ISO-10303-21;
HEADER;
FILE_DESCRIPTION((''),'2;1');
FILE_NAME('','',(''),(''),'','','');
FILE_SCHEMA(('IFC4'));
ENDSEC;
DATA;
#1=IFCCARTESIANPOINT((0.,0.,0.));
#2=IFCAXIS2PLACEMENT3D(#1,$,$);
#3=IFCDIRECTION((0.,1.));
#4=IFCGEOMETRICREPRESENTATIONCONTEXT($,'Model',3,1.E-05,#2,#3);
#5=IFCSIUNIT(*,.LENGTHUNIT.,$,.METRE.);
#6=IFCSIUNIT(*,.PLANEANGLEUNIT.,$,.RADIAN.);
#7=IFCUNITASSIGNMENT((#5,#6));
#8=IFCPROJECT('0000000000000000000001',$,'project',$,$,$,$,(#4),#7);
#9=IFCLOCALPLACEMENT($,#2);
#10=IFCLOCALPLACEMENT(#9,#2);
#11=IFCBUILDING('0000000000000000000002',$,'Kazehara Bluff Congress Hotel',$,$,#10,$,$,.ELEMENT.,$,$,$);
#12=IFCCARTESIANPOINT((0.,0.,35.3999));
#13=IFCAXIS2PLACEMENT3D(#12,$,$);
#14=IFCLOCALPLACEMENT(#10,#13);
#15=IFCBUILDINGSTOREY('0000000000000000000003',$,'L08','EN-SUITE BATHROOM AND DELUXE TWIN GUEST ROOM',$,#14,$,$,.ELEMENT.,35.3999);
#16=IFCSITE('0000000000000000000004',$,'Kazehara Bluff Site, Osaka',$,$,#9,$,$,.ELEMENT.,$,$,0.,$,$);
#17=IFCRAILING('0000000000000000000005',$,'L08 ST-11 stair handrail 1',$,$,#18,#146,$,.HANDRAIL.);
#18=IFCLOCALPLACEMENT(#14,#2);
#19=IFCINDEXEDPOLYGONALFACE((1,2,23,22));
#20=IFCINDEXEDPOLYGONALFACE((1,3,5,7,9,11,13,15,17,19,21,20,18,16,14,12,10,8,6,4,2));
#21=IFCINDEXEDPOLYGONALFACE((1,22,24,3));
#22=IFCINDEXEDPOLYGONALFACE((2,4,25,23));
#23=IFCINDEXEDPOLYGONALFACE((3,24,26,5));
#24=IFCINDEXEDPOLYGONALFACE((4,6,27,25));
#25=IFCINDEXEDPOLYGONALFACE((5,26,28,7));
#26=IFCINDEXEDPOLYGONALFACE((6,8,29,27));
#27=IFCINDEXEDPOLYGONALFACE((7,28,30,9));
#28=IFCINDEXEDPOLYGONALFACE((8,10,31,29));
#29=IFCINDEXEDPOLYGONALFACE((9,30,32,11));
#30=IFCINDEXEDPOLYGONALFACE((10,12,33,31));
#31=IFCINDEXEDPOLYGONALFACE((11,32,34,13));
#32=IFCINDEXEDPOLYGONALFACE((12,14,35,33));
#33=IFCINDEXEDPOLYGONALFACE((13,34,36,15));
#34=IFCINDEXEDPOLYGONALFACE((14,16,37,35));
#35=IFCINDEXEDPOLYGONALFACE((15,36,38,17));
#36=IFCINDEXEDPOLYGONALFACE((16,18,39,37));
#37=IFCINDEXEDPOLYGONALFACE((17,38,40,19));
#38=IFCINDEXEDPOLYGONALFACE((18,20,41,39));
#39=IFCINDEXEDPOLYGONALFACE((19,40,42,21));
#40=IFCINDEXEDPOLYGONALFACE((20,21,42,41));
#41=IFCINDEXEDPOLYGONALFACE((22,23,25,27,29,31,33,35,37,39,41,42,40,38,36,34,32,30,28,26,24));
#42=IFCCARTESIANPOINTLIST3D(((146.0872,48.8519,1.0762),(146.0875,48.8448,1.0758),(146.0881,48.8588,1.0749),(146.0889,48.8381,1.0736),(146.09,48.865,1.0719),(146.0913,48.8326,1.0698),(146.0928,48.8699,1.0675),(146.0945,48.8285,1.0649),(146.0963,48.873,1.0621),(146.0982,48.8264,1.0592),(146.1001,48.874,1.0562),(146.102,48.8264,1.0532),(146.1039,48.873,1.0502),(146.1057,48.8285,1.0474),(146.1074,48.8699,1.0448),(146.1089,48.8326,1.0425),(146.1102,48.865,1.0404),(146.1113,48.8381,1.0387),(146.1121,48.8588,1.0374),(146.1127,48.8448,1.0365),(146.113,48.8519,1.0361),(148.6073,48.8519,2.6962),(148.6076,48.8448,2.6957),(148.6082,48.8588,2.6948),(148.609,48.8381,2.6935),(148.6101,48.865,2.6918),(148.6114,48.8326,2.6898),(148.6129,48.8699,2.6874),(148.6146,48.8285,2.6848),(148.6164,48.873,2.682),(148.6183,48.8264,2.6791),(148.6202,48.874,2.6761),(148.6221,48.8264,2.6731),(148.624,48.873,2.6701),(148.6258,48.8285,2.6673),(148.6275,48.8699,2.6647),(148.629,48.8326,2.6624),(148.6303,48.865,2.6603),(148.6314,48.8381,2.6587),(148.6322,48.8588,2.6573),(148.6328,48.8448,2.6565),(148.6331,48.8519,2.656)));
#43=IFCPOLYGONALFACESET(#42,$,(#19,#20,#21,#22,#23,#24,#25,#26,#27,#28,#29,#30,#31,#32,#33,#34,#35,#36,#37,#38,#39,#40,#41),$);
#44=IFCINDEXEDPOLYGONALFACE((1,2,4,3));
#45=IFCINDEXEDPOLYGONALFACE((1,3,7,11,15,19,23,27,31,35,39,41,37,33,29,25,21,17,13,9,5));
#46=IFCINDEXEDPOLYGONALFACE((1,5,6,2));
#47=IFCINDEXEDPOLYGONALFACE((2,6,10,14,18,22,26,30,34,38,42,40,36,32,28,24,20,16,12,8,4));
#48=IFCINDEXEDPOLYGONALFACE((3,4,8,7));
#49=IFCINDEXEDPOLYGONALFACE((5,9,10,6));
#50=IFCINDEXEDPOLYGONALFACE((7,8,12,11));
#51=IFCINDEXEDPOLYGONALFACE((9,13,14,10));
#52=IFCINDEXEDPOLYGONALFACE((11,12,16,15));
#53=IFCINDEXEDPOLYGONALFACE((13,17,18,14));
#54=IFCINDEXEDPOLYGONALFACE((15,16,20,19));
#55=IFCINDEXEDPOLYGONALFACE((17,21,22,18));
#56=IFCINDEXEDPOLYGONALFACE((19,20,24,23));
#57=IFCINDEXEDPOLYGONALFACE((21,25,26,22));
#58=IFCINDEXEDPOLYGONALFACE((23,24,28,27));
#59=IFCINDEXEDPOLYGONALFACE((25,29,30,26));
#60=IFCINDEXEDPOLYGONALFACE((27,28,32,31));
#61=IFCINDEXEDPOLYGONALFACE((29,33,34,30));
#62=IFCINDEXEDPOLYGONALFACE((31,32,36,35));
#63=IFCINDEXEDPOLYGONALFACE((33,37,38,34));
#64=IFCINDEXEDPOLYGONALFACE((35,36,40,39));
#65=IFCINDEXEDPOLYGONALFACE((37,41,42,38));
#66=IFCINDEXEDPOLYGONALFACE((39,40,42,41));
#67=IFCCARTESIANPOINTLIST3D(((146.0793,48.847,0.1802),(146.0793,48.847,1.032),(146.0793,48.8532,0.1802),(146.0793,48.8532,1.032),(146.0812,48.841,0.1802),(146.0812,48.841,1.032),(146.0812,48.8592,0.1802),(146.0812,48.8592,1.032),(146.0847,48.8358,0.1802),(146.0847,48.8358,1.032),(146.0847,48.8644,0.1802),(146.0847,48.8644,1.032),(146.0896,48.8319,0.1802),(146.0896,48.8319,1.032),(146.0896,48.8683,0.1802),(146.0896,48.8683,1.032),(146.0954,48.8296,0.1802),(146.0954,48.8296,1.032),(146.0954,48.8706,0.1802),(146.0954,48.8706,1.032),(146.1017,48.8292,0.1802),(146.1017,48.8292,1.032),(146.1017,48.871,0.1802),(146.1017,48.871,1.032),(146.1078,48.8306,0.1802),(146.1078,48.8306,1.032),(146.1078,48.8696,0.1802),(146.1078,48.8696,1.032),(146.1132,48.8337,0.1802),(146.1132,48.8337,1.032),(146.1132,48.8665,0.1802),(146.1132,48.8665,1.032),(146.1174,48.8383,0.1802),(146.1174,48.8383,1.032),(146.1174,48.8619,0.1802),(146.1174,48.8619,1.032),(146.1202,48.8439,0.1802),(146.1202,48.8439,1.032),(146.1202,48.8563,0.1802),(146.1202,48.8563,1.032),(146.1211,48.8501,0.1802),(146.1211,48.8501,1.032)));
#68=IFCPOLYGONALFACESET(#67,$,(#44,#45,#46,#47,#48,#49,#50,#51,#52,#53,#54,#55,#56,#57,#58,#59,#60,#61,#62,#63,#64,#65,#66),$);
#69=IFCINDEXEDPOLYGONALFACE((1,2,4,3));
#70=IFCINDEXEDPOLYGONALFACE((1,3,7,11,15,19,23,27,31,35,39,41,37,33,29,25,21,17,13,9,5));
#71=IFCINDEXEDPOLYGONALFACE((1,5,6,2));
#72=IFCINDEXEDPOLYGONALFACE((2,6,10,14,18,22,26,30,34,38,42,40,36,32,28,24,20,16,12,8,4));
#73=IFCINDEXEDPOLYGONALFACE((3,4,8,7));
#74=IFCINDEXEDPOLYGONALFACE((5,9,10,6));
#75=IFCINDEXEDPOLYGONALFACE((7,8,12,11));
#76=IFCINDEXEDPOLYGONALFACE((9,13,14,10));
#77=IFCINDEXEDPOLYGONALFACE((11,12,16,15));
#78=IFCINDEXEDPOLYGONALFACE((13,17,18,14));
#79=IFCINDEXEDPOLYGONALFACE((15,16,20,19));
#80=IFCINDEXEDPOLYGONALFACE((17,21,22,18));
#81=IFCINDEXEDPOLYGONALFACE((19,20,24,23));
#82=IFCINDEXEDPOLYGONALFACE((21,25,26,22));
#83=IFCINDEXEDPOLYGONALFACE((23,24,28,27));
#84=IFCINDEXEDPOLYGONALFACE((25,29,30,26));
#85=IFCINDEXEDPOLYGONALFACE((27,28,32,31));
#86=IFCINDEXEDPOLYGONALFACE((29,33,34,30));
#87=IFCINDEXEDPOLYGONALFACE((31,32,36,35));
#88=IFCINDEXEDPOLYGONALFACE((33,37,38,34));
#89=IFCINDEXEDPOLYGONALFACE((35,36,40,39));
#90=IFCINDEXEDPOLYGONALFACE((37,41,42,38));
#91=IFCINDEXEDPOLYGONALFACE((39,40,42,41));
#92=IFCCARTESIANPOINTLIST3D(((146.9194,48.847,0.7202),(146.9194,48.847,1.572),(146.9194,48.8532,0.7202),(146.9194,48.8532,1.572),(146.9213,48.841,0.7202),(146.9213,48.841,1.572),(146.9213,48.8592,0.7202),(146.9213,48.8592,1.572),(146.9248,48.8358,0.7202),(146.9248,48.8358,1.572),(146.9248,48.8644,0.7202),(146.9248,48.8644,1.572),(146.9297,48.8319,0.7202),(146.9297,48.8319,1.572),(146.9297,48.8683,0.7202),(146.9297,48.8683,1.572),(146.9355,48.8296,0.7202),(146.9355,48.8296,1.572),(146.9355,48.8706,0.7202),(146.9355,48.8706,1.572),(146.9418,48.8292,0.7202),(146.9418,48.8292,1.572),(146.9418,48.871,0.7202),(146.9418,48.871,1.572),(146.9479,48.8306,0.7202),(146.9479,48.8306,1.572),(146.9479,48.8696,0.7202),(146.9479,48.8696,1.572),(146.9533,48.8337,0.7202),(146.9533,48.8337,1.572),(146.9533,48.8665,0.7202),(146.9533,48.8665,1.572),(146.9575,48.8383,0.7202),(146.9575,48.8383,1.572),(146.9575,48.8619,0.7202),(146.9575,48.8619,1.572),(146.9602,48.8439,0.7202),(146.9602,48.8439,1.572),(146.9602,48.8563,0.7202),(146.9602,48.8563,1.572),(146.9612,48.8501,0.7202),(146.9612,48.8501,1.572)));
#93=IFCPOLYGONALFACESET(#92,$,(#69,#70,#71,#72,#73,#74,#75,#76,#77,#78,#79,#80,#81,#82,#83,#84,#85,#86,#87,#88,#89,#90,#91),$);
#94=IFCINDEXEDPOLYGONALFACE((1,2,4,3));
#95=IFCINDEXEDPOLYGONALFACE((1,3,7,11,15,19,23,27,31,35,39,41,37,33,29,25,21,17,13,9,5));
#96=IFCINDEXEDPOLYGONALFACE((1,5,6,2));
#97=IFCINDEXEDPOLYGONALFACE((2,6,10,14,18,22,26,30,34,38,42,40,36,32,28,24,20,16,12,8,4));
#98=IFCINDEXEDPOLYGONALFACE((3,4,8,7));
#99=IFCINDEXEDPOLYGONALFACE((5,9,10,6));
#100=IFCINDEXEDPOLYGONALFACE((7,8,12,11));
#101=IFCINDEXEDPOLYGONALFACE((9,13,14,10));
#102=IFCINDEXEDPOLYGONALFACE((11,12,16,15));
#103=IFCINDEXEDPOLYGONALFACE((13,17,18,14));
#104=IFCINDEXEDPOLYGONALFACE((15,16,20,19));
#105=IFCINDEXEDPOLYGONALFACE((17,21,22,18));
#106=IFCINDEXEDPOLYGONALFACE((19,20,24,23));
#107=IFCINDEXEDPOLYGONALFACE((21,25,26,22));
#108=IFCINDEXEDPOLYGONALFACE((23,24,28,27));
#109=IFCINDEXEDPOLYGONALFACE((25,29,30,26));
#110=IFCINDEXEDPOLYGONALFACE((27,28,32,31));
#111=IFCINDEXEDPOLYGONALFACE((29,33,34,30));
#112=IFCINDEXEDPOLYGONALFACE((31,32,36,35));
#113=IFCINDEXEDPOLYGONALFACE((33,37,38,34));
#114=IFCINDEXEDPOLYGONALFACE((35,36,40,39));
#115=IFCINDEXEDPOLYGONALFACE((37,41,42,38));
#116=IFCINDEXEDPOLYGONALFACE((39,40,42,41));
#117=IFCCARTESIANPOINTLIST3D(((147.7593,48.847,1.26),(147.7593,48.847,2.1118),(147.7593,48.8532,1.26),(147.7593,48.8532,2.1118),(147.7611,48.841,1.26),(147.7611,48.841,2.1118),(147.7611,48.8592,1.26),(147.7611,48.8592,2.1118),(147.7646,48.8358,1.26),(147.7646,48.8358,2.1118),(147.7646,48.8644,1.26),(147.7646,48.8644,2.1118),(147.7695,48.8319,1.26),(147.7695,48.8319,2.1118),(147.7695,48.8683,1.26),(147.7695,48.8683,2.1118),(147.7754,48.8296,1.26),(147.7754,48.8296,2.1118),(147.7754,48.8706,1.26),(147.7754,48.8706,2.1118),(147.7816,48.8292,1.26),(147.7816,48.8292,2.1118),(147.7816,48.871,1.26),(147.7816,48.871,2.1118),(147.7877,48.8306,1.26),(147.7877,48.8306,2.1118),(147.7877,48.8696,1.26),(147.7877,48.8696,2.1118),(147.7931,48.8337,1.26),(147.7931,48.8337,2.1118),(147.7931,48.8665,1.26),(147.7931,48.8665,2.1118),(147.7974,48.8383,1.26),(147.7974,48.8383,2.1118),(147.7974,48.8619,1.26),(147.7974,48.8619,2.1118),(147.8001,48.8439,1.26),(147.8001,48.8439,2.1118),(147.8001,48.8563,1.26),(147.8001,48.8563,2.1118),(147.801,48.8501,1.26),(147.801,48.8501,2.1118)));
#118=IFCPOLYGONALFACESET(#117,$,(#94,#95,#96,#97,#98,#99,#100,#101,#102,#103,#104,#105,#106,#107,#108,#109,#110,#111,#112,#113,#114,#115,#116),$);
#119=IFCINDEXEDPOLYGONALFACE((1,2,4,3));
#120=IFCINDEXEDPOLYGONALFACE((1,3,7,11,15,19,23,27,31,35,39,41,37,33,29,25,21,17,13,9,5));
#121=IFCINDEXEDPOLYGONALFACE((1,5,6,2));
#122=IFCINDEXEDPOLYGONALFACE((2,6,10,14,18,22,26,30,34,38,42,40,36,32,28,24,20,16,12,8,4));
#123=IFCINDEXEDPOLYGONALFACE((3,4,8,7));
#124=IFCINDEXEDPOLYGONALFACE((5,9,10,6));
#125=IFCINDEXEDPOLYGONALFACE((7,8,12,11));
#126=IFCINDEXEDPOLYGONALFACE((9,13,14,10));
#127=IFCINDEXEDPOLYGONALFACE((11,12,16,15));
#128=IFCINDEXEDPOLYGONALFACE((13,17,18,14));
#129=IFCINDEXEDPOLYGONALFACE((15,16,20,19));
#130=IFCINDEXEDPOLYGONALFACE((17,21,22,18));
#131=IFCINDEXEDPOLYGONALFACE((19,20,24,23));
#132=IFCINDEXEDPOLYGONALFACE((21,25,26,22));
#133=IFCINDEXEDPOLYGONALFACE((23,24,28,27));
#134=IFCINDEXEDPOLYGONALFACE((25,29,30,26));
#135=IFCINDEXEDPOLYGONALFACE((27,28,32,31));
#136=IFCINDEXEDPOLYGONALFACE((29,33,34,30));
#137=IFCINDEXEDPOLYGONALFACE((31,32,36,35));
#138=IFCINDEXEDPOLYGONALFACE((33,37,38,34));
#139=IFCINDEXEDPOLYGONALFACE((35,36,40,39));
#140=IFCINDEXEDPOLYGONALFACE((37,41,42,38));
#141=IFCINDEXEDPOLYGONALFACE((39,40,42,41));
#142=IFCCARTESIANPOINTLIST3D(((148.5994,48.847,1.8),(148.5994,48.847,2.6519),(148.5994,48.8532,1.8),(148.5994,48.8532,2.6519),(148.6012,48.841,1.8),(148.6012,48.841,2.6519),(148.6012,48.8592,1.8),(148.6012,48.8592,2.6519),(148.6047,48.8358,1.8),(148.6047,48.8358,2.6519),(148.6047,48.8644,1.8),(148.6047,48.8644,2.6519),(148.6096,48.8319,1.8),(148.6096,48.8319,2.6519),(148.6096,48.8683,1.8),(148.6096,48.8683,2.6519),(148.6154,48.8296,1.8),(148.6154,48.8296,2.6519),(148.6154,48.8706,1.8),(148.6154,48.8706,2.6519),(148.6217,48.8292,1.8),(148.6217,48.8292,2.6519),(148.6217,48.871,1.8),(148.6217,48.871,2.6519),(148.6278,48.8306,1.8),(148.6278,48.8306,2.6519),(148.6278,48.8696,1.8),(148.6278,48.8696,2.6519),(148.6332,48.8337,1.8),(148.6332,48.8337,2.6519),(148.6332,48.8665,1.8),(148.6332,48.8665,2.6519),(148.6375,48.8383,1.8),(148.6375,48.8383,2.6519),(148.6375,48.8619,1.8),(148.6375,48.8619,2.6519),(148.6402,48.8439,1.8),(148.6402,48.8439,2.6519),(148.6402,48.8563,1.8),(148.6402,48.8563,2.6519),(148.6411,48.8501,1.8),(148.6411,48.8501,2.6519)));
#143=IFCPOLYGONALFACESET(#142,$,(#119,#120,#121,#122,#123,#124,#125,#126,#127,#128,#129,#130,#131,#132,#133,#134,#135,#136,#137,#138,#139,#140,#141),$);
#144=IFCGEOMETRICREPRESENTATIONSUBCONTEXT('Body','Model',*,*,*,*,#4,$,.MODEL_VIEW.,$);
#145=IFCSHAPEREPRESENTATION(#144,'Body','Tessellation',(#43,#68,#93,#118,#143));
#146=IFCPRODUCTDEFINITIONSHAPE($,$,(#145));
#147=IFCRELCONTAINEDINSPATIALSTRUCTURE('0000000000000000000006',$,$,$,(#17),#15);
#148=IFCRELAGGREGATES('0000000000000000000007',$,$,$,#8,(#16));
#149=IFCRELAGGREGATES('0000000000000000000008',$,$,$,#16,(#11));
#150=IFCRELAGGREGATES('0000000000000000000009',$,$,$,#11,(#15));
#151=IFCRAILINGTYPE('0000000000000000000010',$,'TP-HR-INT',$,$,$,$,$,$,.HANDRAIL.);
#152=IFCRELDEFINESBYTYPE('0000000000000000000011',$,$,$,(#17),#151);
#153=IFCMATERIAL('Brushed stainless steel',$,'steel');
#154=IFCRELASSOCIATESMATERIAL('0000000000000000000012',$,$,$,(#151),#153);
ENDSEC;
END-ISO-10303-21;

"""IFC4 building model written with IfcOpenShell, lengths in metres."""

from ifc_helpers import new_model, si_unit, direction, frame, origin, origin_2d, place, context, subcontext, project, spatial, circle, extrude, material, type_object, element, save


model = new_model("IFC4")

# Units and contexts
model_context = context("Model", 3, precision=1e-05, world=origin(), true_north=direction((0.0, 1.0)))
body_context = subcontext(model_context, "Body", "Model", "MODEL_VIEW")
ifc_project = project(units=[si_unit("LENGTHUNIT", "METRE"), si_unit("PLANEANGLEUNIT", "RADIAN")], contexts=[model_context])

# Site, building, storey
site_placement = place(None, origin())
site = spatial("IfcSite", under=ifc_project, at=site_placement, Name="Kazehara Bluff Site, Osaka", CompositionType="ELEMENT", RefElevation=0.0)
building_placement = place(site_placement, origin())
building = spatial("IfcBuilding", under=site, at=building_placement, Name="Kazehara Bluff Congress Hotel", CompositionType="ELEMENT")
storey_placement = place(building_placement, frame((0.0, 0.0, 35.3999)))
storey = spatial("IfcBuildingStorey", under=building, at=storey_placement, Name="L08", Description="EN-SUITE BATHROOM AND DELUXE TWIN GUEST ROOM", CompositionType="ELEMENT", Elevation=35.3999)

# Railing
ifc_material_1 = material(Name="Brushed stainless steel", Category="steel")
railing_type_1 = type_object("IfcRailingType", Name="TP-HR-INT", PredefinedType="HANDRAIL", material=ifc_material_1)
railing_1_placement = place(storey_placement, frame((146.1001, 48.8501, 0.1802)))
element("IfcRailing", 1, at=railing_1_placement, inside=storey, type_object=railing_type_1, Name="L08 ST-11 stair handrail 1", PredefinedType="HANDRAIL", context=body_context, shape_type="SweptSolid", body=[
    extrude(circle(Radius=0.0239, at=origin_2d()), frame((0.0, 0.0, 0.876), z_axis=(0.8412, 0.0, 0.540725), x_axis=(0.0, 1.0, 0.0)), (0.0, 0.0, 1.0), 2.9958),
    extrude(circle(Radius=0.021, at=origin_2d()), origin(), (0.0, 0.0, 1.0), 0.8518),
    extrude(circle(Radius=0.021, at=origin_2d()), frame((0.8401, 0.0, 0.54)), (0.0, 0.0, 1.0), 0.8518),
    extrude(circle(Radius=0.021, at=origin_2d()), frame((1.6799, 0.0, 1.0798)), (0.0, 0.0, 1.0), 0.8518),
    extrude(circle(Radius=0.021, at=origin_2d()), frame((2.52, 0.0, 1.6199)), (0.0, 0.0, 1.0), 0.8518),
])

save(model, "model.ifc")
